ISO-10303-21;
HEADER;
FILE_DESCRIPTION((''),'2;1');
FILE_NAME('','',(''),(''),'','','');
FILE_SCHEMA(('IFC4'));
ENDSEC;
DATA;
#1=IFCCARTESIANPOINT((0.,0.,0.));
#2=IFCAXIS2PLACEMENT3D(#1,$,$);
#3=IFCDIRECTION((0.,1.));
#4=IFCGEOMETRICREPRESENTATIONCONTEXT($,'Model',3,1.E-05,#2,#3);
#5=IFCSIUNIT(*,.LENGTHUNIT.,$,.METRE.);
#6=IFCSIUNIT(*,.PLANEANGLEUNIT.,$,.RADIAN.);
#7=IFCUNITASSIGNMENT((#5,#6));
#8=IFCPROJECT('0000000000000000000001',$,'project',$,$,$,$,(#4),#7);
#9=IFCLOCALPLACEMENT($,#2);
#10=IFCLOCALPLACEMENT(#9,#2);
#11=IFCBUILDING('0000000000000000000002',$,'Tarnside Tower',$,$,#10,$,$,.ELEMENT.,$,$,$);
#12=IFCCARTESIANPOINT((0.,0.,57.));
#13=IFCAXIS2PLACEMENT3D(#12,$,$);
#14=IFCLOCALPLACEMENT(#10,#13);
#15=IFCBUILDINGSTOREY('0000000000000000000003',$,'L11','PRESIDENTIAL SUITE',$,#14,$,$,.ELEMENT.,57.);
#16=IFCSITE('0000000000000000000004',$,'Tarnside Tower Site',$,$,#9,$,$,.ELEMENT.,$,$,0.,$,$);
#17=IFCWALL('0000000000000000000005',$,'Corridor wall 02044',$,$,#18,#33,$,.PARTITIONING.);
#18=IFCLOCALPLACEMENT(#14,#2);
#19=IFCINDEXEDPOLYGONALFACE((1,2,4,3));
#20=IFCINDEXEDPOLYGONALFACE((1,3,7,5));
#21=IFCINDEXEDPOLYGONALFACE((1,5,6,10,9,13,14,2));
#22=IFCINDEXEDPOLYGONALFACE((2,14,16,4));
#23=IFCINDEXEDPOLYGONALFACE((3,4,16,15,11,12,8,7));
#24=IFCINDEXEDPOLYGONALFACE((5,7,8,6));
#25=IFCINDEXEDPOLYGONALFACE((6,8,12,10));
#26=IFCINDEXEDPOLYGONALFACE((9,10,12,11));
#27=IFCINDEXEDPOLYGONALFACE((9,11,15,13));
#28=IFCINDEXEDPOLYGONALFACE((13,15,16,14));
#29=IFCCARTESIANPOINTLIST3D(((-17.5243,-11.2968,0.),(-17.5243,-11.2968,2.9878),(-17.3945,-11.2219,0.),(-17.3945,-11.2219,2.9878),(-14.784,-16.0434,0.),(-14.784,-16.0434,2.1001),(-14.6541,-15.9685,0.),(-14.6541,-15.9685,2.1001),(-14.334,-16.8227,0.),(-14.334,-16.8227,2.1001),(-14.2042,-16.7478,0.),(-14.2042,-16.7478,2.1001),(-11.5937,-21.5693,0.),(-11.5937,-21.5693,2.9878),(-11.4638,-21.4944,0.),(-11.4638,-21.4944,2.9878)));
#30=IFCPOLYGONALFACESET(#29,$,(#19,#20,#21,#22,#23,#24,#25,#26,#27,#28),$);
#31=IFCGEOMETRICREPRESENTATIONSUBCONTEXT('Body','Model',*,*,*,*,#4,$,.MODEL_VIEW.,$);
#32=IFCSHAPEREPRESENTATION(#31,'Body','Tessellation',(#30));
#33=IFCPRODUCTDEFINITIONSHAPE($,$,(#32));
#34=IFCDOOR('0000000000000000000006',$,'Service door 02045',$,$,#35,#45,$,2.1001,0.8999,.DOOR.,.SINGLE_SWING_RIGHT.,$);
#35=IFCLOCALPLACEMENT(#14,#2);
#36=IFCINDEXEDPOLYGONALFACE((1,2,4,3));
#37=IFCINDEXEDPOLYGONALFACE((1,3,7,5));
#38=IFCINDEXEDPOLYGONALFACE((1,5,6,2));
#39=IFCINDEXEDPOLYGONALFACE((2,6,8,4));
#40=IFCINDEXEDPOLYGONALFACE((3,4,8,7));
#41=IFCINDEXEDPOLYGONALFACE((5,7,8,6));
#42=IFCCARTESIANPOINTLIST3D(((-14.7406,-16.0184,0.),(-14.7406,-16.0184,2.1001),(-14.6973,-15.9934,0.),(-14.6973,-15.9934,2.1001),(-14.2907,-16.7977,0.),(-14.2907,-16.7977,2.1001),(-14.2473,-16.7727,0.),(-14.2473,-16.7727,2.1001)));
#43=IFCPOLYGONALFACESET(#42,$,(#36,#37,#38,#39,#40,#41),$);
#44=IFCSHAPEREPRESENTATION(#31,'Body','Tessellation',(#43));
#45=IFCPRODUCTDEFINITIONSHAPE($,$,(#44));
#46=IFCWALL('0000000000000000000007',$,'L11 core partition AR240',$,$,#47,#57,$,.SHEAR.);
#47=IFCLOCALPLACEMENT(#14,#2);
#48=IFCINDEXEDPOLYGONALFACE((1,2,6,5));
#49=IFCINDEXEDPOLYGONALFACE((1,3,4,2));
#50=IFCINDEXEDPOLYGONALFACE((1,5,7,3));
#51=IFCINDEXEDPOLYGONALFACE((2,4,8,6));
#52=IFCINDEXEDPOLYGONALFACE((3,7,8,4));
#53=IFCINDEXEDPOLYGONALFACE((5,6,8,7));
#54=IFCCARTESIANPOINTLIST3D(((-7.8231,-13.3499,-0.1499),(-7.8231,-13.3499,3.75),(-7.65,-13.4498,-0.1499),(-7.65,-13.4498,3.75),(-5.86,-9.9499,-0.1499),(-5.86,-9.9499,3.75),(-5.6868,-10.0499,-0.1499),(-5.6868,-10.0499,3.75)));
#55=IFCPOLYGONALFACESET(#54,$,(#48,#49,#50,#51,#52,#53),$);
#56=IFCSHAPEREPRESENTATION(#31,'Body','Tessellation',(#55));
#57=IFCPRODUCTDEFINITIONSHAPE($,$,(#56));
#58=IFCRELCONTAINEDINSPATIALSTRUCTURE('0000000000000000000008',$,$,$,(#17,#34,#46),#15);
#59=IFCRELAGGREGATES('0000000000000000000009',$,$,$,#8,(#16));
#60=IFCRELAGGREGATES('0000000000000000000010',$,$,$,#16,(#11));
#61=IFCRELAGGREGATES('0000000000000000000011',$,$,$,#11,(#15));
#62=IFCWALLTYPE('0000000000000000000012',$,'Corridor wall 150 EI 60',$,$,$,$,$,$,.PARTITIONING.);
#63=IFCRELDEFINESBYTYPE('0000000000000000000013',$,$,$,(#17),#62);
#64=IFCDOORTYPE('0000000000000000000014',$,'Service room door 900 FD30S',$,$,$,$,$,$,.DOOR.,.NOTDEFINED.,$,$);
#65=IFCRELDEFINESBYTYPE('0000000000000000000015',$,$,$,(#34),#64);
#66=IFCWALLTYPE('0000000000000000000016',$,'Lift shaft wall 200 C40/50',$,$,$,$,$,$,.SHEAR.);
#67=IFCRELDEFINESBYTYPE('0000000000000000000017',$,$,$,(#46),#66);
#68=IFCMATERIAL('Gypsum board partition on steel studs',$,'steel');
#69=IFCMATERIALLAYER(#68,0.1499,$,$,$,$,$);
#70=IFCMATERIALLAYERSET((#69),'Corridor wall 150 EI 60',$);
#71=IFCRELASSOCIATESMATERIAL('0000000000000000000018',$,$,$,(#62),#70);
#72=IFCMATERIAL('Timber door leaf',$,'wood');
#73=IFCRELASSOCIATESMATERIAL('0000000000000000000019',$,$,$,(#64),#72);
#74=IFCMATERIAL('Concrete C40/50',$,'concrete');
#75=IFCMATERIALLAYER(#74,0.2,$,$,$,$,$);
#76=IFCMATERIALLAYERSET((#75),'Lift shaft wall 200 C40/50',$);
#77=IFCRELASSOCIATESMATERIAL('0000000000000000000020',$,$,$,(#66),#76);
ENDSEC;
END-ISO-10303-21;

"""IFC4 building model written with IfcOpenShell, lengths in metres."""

from ifc_helpers import new_model, si_unit, direction, frame, frame_2d, origin, place, context, subcontext, project, spatial, rectangle, extrude, material, layer, layer_set, type_object, element, fill, save


model = new_model("IFC4")

# Units and contexts
model_context = context("Model", 3, precision=1e-05, world=origin(), true_north=direction((0.0, 1.0)))
body_context = subcontext(model_context, "Body", "Model", "MODEL_VIEW")
ifc_project = project(units=[si_unit("LENGTHUNIT", "METRE"), si_unit("PLANEANGLEUNIT", "RADIAN")], contexts=[model_context])

# Site, building, storey
site_placement = place(None, origin())
site = spatial("IfcSite", under=ifc_project, at=site_placement, Name="Tarnside Tower Site", CompositionType="ELEMENT", RefElevation=0.0)
building_placement = place(site_placement, origin())
building = spatial("IfcBuilding", under=site, at=building_placement, Name="Tarnside Tower", CompositionType="ELEMENT")
storey_placement = place(building_placement, frame((0.0, 0.0, 57.0)))
storey = spatial("IfcBuildingStorey", under=building, at=storey_placement, Name="L11", Description="PRESIDENTIAL SUITE", CompositionType="ELEMENT", Elevation=57.0)

# Shared definitions
ifc_material_1 = material(Name="Gypsum board partition on steel studs", Category="steel")

# Shared definitions
ifc_material_2 = material(Name="Timber door leaf", Category="wood")

# Shared definitions
ifc_layer_1 = layer(ifc_material_1, 0.1499)
ifc_layer_set_1 = layer_set([ifc_layer_1], Name="Corridor wall 150 EI 60")
wall_type_1 = type_object("IfcWallType", Name="Corridor wall 150 EI 60", PredefinedType="PARTITIONING", material=ifc_layer_set_1)

# Wall, opening, door
wall_1_placement = place(storey_placement, frame((-11.5288, -21.5317, 0.0), z_axis=(0.0, 0.0, 1.0), x_axis=(-0.499991, 0.866031, 0.0)))
wall_1 = element("IfcWall", 1, at=wall_1_placement, inside=storey, type_object=wall_type_1, Name="Corridor wall 02044", PredefinedType="PARTITIONING", context=body_context, shape_type="SweptSolid", body=[
    extrude(rectangle(XDim=11.8616, YDim=0.1499, at=frame_2d((5.9307, 0.0))), origin(), (0.0, 0.0, 1.0), 2.9878),
])
opening_1_placement = place(wall_1_placement, frame((5.4807, 0.0, 0.0)))
opening_1 = element("IfcOpeningElement", 2, at=opening_1_placement, cuts=wall_1, PredefinedType="OPENING", context=body_context, shape_type="SweptSolid", body=[
    extrude(rectangle(XDim=0.8999, YDim=2.1001, at=frame_2d((0.45, 1.05))), frame((0.0, 0.085, 0.0), z_axis=(0.0, -1.0, 0.0), x_axis=(1.0, 0.0, 0.0)), (0.0, 0.0, 1.0), 0.1699),
])
door_type_1 = type_object("IfcDoorType", Name="Service room door 900 FD30S", OperationType="NOTDEFINED", PredefinedType="DOOR", material=ifc_material_2)
door_1_placement = place(opening_1_placement, origin())
door_1 = element("IfcDoor", 3, at=door_1_placement, inside=storey, type_object=door_type_1, Name="Service door 02045", OperationType="SINGLE_SWING_RIGHT", OverallHeight=2.1001, OverallWidth=0.8999, PredefinedType="DOOR", context=body_context, shape_type="SweptSolid", body=[
    extrude(rectangle(XDim=0.8999, YDim=2.1001, at=frame_2d((0.45, 1.05))), frame((0.0, 0.0249, 0.0), z_axis=(0.0, -1.0, 0.0), x_axis=(1.0, 0.0, 0.0)), (0.0, 0.0, 1.0), 0.05),
])
fill(opening_1, door_1)

# Wall
ifc_material_3 = material(Name="Concrete C40/50", Category="concrete")
ifc_layer_2 = layer(ifc_material_3, 0.2)
ifc_layer_set_2 = layer_set([ifc_layer_2], Name="Lift shaft wall 200 C40/50")
wall_type_2 = type_object("IfcWallType", Name="Lift shaft wall 200 C40/50", PredefinedType="SHEAR", material=ifc_layer_set_2)
wall_2_placement = place(storey_placement, frame((-5.7734, -10.0, -0.1499), z_axis=(0.0, 0.0, 1.0), x_axis=(-0.500038, -0.866003, 0.0)))
element("IfcWall", 4, at=wall_2_placement, inside=storey, type_object=wall_type_2, Name="L11 core partition AR240", PredefinedType="SHEAR", context=body_context, shape_type="SweptSolid", body=[
    extrude(rectangle(XDim=3.926, YDim=0.2, at=frame_2d((1.9629, 0.0))), origin(), (0.0, 0.0, 1.0), 3.8999),
])

save(model, "model.ifc")
